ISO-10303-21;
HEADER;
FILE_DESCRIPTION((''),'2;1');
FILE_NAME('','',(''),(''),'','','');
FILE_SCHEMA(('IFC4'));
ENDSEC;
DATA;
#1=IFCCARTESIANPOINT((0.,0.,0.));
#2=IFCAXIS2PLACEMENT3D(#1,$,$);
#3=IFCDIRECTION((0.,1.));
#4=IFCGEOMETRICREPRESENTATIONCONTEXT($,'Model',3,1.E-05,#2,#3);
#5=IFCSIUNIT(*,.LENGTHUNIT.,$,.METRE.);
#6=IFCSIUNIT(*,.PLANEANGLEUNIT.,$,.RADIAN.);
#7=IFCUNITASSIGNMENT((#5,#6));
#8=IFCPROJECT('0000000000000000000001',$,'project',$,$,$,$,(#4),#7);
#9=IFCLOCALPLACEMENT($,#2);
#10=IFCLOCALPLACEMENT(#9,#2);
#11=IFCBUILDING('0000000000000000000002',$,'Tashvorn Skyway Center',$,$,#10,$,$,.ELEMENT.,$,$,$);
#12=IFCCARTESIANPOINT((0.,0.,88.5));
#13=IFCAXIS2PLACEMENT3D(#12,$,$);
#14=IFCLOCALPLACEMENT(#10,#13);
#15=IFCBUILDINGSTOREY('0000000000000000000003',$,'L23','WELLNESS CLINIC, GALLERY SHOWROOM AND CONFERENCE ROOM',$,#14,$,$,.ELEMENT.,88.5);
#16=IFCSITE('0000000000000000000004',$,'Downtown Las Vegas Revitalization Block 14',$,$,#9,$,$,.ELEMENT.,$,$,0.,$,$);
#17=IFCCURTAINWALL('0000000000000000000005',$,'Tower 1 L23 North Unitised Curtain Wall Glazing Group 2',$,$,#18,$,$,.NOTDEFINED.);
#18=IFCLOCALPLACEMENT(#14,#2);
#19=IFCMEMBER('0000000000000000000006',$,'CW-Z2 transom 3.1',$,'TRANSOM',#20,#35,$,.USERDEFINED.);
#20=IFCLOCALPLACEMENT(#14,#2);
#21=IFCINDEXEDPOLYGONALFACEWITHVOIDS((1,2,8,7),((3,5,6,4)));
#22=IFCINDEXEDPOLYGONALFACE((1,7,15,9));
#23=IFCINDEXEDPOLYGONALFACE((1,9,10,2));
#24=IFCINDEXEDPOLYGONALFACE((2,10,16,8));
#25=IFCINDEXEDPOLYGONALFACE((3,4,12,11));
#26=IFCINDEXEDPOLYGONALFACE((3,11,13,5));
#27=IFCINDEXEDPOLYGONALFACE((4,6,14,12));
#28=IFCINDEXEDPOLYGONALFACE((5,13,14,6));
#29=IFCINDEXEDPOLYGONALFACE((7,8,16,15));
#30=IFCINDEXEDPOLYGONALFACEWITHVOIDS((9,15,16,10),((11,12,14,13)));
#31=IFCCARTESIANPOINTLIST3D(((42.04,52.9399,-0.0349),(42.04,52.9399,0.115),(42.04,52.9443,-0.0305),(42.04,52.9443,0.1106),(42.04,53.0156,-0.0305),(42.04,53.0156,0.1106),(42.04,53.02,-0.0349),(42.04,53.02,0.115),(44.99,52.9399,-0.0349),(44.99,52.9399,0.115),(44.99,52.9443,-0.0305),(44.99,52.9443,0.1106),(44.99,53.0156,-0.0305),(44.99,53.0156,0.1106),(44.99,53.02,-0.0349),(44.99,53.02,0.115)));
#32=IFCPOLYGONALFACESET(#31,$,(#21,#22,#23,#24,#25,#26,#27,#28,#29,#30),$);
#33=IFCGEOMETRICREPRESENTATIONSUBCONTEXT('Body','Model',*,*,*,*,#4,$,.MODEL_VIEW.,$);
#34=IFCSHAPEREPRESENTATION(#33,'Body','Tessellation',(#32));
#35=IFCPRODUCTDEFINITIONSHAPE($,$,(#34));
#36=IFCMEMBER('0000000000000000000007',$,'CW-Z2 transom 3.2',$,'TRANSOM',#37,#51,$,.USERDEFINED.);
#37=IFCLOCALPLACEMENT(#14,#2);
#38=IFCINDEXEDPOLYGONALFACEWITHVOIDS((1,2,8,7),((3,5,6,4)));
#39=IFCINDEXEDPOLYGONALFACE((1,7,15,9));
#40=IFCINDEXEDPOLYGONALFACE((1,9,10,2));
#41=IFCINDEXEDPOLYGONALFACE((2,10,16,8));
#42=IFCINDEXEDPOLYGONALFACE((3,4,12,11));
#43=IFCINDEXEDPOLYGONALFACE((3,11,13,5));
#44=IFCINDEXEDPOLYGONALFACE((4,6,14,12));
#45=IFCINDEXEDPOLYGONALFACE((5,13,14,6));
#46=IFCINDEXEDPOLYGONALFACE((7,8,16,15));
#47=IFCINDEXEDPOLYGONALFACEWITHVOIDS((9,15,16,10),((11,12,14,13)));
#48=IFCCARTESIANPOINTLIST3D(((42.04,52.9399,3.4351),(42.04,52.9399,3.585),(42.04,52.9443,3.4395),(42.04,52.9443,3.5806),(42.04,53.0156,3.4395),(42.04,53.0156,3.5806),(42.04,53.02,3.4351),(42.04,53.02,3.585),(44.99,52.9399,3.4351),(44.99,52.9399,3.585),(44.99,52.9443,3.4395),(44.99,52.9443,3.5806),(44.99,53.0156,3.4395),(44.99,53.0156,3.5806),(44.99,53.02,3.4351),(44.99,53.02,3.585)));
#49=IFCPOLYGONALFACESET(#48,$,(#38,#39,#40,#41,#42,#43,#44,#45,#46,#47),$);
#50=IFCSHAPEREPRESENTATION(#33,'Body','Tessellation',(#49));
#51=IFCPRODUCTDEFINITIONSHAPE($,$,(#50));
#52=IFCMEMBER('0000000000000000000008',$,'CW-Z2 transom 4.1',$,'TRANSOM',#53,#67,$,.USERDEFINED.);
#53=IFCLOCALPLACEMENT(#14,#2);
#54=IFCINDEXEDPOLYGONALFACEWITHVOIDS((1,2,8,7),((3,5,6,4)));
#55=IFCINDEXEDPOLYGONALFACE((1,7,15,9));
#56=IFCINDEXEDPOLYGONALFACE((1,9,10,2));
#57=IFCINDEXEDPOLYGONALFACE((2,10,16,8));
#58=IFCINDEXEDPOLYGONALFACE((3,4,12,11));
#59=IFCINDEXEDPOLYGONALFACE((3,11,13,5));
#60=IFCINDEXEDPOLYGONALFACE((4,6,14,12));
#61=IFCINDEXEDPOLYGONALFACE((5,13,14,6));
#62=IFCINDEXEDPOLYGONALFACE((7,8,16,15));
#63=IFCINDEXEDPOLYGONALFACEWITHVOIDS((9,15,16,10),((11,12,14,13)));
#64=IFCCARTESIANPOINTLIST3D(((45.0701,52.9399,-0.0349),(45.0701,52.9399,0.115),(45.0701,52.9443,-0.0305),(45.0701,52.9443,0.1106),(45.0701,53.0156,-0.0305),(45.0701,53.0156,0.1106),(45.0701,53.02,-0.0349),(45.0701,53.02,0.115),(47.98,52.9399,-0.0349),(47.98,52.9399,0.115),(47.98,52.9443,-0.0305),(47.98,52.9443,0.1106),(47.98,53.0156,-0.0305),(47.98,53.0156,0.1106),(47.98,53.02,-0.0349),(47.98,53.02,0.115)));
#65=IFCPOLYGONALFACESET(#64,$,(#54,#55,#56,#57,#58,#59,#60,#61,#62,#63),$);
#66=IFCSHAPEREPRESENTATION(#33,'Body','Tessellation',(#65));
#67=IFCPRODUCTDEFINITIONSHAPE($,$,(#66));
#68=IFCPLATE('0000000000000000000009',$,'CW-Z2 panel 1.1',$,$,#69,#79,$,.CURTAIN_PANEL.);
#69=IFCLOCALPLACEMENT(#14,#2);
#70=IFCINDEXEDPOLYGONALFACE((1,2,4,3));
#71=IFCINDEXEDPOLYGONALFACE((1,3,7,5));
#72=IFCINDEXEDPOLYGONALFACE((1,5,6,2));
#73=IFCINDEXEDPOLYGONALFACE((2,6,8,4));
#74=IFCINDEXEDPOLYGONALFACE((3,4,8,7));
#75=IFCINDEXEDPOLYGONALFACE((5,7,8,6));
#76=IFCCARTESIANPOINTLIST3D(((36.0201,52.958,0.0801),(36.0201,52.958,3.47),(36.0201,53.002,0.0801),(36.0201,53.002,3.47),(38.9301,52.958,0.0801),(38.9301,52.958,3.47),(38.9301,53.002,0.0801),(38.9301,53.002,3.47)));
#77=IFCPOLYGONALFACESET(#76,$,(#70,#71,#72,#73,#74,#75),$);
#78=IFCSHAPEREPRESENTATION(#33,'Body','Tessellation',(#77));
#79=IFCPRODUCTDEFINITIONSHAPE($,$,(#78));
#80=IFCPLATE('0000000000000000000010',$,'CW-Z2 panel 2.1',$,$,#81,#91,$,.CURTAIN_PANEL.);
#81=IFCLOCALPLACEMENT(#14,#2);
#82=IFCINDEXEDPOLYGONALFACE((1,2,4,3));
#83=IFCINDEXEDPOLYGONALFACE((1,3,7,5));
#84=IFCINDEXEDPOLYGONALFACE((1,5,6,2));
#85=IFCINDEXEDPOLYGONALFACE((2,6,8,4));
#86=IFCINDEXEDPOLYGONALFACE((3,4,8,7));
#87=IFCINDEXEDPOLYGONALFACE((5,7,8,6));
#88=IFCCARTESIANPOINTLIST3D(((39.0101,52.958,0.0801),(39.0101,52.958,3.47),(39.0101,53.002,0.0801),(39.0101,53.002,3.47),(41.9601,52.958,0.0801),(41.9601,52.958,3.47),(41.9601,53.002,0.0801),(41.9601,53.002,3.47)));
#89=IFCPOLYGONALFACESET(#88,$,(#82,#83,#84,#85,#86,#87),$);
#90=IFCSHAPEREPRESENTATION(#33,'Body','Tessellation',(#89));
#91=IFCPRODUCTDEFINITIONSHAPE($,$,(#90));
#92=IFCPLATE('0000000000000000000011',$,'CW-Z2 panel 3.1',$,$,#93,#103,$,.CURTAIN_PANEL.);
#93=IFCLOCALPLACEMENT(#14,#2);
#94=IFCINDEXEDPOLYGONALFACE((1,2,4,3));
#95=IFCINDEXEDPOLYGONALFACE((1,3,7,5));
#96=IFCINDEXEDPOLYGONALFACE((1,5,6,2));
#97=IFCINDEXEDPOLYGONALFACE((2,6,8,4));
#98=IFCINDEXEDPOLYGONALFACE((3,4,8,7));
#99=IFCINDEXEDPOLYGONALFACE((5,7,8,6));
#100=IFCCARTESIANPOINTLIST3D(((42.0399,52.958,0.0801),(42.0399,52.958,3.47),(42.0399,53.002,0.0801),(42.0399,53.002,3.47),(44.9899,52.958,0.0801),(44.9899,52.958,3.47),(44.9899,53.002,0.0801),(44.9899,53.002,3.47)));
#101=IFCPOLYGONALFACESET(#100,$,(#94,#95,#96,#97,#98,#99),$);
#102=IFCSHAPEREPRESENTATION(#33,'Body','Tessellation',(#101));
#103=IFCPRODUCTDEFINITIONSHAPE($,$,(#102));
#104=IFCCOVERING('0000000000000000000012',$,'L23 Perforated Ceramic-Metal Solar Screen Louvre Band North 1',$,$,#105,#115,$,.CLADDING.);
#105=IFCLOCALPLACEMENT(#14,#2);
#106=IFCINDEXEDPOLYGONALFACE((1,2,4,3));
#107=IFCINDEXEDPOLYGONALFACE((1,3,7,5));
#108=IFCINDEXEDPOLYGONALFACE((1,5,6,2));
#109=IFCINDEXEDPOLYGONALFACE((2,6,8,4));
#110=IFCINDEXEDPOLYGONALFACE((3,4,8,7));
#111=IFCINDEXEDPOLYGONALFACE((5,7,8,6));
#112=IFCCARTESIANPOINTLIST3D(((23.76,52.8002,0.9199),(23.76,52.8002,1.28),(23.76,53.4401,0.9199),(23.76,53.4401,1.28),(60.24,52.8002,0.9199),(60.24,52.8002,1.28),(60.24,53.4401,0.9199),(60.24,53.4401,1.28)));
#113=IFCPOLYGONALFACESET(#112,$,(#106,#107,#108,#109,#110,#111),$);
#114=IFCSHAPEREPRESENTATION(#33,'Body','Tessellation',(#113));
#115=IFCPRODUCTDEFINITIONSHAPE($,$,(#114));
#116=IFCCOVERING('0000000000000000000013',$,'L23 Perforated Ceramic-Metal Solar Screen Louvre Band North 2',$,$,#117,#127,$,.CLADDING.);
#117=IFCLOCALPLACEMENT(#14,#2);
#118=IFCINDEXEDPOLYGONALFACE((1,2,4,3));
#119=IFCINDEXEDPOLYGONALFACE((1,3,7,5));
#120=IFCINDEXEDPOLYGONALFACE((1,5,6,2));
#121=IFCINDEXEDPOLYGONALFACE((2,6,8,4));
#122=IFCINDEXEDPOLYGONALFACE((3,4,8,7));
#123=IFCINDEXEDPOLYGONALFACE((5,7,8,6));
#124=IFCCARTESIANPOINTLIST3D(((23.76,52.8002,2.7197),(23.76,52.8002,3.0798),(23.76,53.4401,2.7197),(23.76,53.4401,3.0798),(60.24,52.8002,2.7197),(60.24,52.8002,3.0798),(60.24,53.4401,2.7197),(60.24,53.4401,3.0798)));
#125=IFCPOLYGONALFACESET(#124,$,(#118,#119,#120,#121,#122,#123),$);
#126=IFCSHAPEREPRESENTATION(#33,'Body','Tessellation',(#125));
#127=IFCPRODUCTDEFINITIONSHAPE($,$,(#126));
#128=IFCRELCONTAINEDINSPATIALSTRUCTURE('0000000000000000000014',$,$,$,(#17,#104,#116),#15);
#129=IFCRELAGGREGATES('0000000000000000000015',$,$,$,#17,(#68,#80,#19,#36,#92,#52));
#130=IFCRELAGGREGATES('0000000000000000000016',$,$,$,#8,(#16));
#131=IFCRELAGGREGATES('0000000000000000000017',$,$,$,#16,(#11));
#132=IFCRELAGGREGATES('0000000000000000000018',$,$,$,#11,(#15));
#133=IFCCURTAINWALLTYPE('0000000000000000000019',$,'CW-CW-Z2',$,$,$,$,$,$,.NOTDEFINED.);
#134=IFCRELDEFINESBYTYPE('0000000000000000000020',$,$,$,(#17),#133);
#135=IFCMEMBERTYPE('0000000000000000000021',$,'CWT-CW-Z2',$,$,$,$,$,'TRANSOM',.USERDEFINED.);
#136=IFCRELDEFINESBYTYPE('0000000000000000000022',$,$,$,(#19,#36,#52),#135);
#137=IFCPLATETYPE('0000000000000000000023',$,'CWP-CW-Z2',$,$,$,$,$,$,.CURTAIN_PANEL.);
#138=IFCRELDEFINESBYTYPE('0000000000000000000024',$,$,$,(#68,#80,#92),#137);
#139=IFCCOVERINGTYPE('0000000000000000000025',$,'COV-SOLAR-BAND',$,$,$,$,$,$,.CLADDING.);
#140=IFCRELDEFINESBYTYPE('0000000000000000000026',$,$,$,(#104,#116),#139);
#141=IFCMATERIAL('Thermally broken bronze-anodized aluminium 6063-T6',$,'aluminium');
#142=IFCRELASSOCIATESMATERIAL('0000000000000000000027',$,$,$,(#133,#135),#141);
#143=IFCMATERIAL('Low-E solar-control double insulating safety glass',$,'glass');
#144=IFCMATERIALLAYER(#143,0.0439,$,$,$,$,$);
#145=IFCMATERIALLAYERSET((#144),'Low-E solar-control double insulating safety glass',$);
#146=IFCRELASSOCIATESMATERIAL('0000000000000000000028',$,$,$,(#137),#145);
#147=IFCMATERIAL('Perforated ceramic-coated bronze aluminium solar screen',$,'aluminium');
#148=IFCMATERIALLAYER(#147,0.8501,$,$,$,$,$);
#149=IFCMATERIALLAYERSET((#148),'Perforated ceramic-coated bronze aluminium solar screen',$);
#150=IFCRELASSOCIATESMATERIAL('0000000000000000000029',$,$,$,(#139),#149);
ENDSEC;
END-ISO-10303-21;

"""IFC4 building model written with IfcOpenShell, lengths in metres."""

from ifc_helpers import new_model, si_unit, direction, frame, origin, origin_2d, place, context, subcontext, project, spatial, rectangle, hollow_rectangle, extrude, material, layer, layer_set, material_profile, profile_set, type_object, element, aggregate, save


model = new_model("IFC4")

# Units and contexts
model_context = context("Model", 3, precision=1e-05, world=origin(), true_north=direction((0.0, 1.0)))
body_context = subcontext(model_context, "Body", "Model", "MODEL_VIEW")
ifc_project = project(units=[si_unit("LENGTHUNIT", "METRE"), si_unit("PLANEANGLEUNIT", "RADIAN")], contexts=[model_context])

# Site, building, storey
site_placement = place(None, origin())
site = spatial("IfcSite", under=ifc_project, at=site_placement, Name="Downtown Las Vegas Revitalization Block 14", CompositionType="ELEMENT", RefElevation=0.0)
building_placement = place(site_placement, origin())
building = spatial("IfcBuilding", under=site, at=building_placement, Name="Tashvorn Skyway Center", CompositionType="ELEMENT")
storey_placement = place(building_placement, frame((0.0, 0.0, 88.5)))
storey = spatial("IfcBuildingStorey", under=building, at=storey_placement, Name="L23", Description="WELLNESS CLINIC, GALLERY SHOWROOM AND CONFERENCE ROOM", CompositionType="ELEMENT", Elevation=88.5)

# Curtain wall, members, plates
ifc_material_1 = material(Name="Thermally broken bronze-anodized aluminium 6063-T6", Category="aluminium")
curtain_wall_type = type_object("IfcCurtainWallType", Name="CW-CW-Z2", PredefinedType="NOTDEFINED", material=ifc_material_1)
curtain_wall_placement = place(storey_placement, origin())
curtain_wall = element("IfcCurtainWall", 1, at=curtain_wall_placement, inside=storey, type_object=curtain_wall_type, Name="Tower 1 L23 North Unitised Curtain Wall Glazing Group 2", PredefinedType="NOTDEFINED")
ifc_material_profile_1 = material_profile(ifc_material_1, hollow_rectangle(XDim=0.0801, YDim=0.1499, WallThickness=0.0044, at=origin_2d()), Name="ALU-TRAN-80x150")
ifc_profile_set_1 = profile_set([ifc_material_profile_1], Name="Thermally broken bronze-anodized aluminium 6063-T6")
member_type_1 = type_object("IfcMemberType", Name="CWT-CW-Z2", ElementType="TRANSOM", PredefinedType="USERDEFINED", material=ifc_profile_set_1)
member_1_placement = place(storey_placement, frame((42.04, 52.98, 0.04), z_axis=(1.0, 0.0, 0.0), x_axis=(0.0, 1.0, 0.0)))
member_1 = element("IfcMember", 2, at=member_1_placement, type_object=member_type_1, Name="CW-Z2 transom 3.1", ObjectType="TRANSOM", PredefinedType="USERDEFINED", context=body_context, shape_type="SweptSolid", body=[
    extrude(hollow_rectangle(XDim=0.0801, YDim=0.1499, WallThickness=0.0044, at=origin_2d()), origin(), (0.0, 0.0, 1.0), 2.95),
])
member_2_placement = place(storey_placement, frame((42.04, 52.98, 3.51), z_axis=(1.0, 0.0, 0.0), x_axis=(0.0, 1.0, 0.0)))
member_2 = element("IfcMember", 3, at=member_2_placement, type_object=member_type_1, Name="CW-Z2 transom 3.2", ObjectType="TRANSOM", PredefinedType="USERDEFINED", context=body_context, shape_type="SweptSolid", body=[
    extrude(hollow_rectangle(XDim=0.0801, YDim=0.1499, WallThickness=0.0044, at=origin_2d()), origin(), (0.0, 0.0, 1.0), 2.95),
])
member_3_placement = place(storey_placement, frame((45.0701, 52.98, 0.04), z_axis=(1.0, 0.0, 0.0), x_axis=(0.0, 1.0, 0.0)))
member_3 = element("IfcMember", 4, at=member_3_placement, type_object=member_type_1, Name="CW-Z2 transom 4.1", ObjectType="TRANSOM", PredefinedType="USERDEFINED", context=body_context, shape_type="SweptSolid", body=[
    extrude(hollow_rectangle(XDim=0.0801, YDim=0.1499, WallThickness=0.0044, at=origin_2d()), origin(), (0.0, 0.0, 1.0), 2.9099),
])
ifc_material_2 = material(Name="Low-E solar-control double insulating safety glass", Category="glass")
ifc_layer_1 = layer(ifc_material_2, 0.0439)
ifc_layer_set_1 = layer_set([ifc_layer_1], Name="Low-E solar-control double insulating safety glass")
plate_type = type_object("IfcPlateType", Name="CWP-CW-Z2", PredefinedType="CURTAIN_PANEL", material=ifc_layer_set_1)
plate_1_placement = place(storey_placement, frame((37.4751, 52.98, 0.0801), z_axis=(0.0, 0.0, 1.0), x_axis=(1.0, 0.0, 0.0)))
plate_1 = element("IfcPlate", 5, at=plate_1_placement, type_object=plate_type, Name="CW-Z2 panel 1.1", PredefinedType="CURTAIN_PANEL", context=body_context, shape_type="SweptSolid", body=[
    extrude(rectangle(XDim=2.9099, YDim=0.0439, at=origin_2d()), origin(), (0.0, 0.0, 1.0), 3.3899),
])
plate_2_placement = place(storey_placement, frame((40.4851, 52.98, 0.0801), z_axis=(0.0, 0.0, 1.0), x_axis=(1.0, 0.0, 0.0)))
plate_2 = element("IfcPlate", 6, at=plate_2_placement, type_object=plate_type, Name="CW-Z2 panel 2.1", PredefinedType="CURTAIN_PANEL", context=body_context, shape_type="SweptSolid", body=[
    extrude(rectangle(XDim=2.95, YDim=0.0439, at=origin_2d()), origin(), (0.0, 0.0, 1.0), 3.3899),
])
plate_3_placement = place(storey_placement, frame((43.5149, 52.98, 0.0801), z_axis=(0.0, 0.0, 1.0), x_axis=(1.0, 0.0, 0.0)))
plate_3 = element("IfcPlate", 7, at=plate_3_placement, type_object=plate_type, Name="CW-Z2 panel 3.1", PredefinedType="CURTAIN_PANEL", context=body_context, shape_type="SweptSolid", body=[
    extrude(rectangle(XDim=2.95, YDim=0.0439, at=origin_2d()), origin(), (0.0, 0.0, 1.0), 3.3899),
])
aggregate(curtain_wall, [plate_1, plate_2, member_1, member_2, plate_3, member_3])

# Coverings
ifc_material_3 = material(Name="Perforated ceramic-coated bronze aluminium solar screen", Category="aluminium")
ifc_layer_2 = layer(ifc_material_3, 0.8501)
ifc_layer_set_2 = layer_set([ifc_layer_2], Name="Perforated ceramic-coated bronze aluminium solar screen")
covering_type = type_object("IfcCoveringType", Name="COV-SOLAR-BAND", PredefinedType="CLADDING", material=ifc_layer_set_2)
for number, where, z_axis, x_axis, name in (
    (8, (42.0, 53.1201, 0.9199), (0.0, 0.0, 1.0), (1.0, 0.0, 0.0), "L23 Perforated Ceramic-Metal Solar Screen Louvre Band North 1"),
    (9, (42.0, 53.1201, 2.7197), (0.0, 0.0, 1.0), (1.0, 0.0, 0.0), "L23 Perforated Ceramic-Metal Solar Screen Louvre Band North 2"),
):
    element("IfcCovering", number, at=place(storey_placement, frame(where, z_axis=z_axis, x_axis=x_axis)), inside=storey, type_object=covering_type, Name=name, PredefinedType="CLADDING", context=body_context, shape_type="SweptSolid", body=[
        extrude(rectangle(XDim=36.48, YDim=0.6399, at=origin_2d()), origin(), (0.0, 0.0, 1.0), 0.3601),
    ])

save(model, "model.ifc")
